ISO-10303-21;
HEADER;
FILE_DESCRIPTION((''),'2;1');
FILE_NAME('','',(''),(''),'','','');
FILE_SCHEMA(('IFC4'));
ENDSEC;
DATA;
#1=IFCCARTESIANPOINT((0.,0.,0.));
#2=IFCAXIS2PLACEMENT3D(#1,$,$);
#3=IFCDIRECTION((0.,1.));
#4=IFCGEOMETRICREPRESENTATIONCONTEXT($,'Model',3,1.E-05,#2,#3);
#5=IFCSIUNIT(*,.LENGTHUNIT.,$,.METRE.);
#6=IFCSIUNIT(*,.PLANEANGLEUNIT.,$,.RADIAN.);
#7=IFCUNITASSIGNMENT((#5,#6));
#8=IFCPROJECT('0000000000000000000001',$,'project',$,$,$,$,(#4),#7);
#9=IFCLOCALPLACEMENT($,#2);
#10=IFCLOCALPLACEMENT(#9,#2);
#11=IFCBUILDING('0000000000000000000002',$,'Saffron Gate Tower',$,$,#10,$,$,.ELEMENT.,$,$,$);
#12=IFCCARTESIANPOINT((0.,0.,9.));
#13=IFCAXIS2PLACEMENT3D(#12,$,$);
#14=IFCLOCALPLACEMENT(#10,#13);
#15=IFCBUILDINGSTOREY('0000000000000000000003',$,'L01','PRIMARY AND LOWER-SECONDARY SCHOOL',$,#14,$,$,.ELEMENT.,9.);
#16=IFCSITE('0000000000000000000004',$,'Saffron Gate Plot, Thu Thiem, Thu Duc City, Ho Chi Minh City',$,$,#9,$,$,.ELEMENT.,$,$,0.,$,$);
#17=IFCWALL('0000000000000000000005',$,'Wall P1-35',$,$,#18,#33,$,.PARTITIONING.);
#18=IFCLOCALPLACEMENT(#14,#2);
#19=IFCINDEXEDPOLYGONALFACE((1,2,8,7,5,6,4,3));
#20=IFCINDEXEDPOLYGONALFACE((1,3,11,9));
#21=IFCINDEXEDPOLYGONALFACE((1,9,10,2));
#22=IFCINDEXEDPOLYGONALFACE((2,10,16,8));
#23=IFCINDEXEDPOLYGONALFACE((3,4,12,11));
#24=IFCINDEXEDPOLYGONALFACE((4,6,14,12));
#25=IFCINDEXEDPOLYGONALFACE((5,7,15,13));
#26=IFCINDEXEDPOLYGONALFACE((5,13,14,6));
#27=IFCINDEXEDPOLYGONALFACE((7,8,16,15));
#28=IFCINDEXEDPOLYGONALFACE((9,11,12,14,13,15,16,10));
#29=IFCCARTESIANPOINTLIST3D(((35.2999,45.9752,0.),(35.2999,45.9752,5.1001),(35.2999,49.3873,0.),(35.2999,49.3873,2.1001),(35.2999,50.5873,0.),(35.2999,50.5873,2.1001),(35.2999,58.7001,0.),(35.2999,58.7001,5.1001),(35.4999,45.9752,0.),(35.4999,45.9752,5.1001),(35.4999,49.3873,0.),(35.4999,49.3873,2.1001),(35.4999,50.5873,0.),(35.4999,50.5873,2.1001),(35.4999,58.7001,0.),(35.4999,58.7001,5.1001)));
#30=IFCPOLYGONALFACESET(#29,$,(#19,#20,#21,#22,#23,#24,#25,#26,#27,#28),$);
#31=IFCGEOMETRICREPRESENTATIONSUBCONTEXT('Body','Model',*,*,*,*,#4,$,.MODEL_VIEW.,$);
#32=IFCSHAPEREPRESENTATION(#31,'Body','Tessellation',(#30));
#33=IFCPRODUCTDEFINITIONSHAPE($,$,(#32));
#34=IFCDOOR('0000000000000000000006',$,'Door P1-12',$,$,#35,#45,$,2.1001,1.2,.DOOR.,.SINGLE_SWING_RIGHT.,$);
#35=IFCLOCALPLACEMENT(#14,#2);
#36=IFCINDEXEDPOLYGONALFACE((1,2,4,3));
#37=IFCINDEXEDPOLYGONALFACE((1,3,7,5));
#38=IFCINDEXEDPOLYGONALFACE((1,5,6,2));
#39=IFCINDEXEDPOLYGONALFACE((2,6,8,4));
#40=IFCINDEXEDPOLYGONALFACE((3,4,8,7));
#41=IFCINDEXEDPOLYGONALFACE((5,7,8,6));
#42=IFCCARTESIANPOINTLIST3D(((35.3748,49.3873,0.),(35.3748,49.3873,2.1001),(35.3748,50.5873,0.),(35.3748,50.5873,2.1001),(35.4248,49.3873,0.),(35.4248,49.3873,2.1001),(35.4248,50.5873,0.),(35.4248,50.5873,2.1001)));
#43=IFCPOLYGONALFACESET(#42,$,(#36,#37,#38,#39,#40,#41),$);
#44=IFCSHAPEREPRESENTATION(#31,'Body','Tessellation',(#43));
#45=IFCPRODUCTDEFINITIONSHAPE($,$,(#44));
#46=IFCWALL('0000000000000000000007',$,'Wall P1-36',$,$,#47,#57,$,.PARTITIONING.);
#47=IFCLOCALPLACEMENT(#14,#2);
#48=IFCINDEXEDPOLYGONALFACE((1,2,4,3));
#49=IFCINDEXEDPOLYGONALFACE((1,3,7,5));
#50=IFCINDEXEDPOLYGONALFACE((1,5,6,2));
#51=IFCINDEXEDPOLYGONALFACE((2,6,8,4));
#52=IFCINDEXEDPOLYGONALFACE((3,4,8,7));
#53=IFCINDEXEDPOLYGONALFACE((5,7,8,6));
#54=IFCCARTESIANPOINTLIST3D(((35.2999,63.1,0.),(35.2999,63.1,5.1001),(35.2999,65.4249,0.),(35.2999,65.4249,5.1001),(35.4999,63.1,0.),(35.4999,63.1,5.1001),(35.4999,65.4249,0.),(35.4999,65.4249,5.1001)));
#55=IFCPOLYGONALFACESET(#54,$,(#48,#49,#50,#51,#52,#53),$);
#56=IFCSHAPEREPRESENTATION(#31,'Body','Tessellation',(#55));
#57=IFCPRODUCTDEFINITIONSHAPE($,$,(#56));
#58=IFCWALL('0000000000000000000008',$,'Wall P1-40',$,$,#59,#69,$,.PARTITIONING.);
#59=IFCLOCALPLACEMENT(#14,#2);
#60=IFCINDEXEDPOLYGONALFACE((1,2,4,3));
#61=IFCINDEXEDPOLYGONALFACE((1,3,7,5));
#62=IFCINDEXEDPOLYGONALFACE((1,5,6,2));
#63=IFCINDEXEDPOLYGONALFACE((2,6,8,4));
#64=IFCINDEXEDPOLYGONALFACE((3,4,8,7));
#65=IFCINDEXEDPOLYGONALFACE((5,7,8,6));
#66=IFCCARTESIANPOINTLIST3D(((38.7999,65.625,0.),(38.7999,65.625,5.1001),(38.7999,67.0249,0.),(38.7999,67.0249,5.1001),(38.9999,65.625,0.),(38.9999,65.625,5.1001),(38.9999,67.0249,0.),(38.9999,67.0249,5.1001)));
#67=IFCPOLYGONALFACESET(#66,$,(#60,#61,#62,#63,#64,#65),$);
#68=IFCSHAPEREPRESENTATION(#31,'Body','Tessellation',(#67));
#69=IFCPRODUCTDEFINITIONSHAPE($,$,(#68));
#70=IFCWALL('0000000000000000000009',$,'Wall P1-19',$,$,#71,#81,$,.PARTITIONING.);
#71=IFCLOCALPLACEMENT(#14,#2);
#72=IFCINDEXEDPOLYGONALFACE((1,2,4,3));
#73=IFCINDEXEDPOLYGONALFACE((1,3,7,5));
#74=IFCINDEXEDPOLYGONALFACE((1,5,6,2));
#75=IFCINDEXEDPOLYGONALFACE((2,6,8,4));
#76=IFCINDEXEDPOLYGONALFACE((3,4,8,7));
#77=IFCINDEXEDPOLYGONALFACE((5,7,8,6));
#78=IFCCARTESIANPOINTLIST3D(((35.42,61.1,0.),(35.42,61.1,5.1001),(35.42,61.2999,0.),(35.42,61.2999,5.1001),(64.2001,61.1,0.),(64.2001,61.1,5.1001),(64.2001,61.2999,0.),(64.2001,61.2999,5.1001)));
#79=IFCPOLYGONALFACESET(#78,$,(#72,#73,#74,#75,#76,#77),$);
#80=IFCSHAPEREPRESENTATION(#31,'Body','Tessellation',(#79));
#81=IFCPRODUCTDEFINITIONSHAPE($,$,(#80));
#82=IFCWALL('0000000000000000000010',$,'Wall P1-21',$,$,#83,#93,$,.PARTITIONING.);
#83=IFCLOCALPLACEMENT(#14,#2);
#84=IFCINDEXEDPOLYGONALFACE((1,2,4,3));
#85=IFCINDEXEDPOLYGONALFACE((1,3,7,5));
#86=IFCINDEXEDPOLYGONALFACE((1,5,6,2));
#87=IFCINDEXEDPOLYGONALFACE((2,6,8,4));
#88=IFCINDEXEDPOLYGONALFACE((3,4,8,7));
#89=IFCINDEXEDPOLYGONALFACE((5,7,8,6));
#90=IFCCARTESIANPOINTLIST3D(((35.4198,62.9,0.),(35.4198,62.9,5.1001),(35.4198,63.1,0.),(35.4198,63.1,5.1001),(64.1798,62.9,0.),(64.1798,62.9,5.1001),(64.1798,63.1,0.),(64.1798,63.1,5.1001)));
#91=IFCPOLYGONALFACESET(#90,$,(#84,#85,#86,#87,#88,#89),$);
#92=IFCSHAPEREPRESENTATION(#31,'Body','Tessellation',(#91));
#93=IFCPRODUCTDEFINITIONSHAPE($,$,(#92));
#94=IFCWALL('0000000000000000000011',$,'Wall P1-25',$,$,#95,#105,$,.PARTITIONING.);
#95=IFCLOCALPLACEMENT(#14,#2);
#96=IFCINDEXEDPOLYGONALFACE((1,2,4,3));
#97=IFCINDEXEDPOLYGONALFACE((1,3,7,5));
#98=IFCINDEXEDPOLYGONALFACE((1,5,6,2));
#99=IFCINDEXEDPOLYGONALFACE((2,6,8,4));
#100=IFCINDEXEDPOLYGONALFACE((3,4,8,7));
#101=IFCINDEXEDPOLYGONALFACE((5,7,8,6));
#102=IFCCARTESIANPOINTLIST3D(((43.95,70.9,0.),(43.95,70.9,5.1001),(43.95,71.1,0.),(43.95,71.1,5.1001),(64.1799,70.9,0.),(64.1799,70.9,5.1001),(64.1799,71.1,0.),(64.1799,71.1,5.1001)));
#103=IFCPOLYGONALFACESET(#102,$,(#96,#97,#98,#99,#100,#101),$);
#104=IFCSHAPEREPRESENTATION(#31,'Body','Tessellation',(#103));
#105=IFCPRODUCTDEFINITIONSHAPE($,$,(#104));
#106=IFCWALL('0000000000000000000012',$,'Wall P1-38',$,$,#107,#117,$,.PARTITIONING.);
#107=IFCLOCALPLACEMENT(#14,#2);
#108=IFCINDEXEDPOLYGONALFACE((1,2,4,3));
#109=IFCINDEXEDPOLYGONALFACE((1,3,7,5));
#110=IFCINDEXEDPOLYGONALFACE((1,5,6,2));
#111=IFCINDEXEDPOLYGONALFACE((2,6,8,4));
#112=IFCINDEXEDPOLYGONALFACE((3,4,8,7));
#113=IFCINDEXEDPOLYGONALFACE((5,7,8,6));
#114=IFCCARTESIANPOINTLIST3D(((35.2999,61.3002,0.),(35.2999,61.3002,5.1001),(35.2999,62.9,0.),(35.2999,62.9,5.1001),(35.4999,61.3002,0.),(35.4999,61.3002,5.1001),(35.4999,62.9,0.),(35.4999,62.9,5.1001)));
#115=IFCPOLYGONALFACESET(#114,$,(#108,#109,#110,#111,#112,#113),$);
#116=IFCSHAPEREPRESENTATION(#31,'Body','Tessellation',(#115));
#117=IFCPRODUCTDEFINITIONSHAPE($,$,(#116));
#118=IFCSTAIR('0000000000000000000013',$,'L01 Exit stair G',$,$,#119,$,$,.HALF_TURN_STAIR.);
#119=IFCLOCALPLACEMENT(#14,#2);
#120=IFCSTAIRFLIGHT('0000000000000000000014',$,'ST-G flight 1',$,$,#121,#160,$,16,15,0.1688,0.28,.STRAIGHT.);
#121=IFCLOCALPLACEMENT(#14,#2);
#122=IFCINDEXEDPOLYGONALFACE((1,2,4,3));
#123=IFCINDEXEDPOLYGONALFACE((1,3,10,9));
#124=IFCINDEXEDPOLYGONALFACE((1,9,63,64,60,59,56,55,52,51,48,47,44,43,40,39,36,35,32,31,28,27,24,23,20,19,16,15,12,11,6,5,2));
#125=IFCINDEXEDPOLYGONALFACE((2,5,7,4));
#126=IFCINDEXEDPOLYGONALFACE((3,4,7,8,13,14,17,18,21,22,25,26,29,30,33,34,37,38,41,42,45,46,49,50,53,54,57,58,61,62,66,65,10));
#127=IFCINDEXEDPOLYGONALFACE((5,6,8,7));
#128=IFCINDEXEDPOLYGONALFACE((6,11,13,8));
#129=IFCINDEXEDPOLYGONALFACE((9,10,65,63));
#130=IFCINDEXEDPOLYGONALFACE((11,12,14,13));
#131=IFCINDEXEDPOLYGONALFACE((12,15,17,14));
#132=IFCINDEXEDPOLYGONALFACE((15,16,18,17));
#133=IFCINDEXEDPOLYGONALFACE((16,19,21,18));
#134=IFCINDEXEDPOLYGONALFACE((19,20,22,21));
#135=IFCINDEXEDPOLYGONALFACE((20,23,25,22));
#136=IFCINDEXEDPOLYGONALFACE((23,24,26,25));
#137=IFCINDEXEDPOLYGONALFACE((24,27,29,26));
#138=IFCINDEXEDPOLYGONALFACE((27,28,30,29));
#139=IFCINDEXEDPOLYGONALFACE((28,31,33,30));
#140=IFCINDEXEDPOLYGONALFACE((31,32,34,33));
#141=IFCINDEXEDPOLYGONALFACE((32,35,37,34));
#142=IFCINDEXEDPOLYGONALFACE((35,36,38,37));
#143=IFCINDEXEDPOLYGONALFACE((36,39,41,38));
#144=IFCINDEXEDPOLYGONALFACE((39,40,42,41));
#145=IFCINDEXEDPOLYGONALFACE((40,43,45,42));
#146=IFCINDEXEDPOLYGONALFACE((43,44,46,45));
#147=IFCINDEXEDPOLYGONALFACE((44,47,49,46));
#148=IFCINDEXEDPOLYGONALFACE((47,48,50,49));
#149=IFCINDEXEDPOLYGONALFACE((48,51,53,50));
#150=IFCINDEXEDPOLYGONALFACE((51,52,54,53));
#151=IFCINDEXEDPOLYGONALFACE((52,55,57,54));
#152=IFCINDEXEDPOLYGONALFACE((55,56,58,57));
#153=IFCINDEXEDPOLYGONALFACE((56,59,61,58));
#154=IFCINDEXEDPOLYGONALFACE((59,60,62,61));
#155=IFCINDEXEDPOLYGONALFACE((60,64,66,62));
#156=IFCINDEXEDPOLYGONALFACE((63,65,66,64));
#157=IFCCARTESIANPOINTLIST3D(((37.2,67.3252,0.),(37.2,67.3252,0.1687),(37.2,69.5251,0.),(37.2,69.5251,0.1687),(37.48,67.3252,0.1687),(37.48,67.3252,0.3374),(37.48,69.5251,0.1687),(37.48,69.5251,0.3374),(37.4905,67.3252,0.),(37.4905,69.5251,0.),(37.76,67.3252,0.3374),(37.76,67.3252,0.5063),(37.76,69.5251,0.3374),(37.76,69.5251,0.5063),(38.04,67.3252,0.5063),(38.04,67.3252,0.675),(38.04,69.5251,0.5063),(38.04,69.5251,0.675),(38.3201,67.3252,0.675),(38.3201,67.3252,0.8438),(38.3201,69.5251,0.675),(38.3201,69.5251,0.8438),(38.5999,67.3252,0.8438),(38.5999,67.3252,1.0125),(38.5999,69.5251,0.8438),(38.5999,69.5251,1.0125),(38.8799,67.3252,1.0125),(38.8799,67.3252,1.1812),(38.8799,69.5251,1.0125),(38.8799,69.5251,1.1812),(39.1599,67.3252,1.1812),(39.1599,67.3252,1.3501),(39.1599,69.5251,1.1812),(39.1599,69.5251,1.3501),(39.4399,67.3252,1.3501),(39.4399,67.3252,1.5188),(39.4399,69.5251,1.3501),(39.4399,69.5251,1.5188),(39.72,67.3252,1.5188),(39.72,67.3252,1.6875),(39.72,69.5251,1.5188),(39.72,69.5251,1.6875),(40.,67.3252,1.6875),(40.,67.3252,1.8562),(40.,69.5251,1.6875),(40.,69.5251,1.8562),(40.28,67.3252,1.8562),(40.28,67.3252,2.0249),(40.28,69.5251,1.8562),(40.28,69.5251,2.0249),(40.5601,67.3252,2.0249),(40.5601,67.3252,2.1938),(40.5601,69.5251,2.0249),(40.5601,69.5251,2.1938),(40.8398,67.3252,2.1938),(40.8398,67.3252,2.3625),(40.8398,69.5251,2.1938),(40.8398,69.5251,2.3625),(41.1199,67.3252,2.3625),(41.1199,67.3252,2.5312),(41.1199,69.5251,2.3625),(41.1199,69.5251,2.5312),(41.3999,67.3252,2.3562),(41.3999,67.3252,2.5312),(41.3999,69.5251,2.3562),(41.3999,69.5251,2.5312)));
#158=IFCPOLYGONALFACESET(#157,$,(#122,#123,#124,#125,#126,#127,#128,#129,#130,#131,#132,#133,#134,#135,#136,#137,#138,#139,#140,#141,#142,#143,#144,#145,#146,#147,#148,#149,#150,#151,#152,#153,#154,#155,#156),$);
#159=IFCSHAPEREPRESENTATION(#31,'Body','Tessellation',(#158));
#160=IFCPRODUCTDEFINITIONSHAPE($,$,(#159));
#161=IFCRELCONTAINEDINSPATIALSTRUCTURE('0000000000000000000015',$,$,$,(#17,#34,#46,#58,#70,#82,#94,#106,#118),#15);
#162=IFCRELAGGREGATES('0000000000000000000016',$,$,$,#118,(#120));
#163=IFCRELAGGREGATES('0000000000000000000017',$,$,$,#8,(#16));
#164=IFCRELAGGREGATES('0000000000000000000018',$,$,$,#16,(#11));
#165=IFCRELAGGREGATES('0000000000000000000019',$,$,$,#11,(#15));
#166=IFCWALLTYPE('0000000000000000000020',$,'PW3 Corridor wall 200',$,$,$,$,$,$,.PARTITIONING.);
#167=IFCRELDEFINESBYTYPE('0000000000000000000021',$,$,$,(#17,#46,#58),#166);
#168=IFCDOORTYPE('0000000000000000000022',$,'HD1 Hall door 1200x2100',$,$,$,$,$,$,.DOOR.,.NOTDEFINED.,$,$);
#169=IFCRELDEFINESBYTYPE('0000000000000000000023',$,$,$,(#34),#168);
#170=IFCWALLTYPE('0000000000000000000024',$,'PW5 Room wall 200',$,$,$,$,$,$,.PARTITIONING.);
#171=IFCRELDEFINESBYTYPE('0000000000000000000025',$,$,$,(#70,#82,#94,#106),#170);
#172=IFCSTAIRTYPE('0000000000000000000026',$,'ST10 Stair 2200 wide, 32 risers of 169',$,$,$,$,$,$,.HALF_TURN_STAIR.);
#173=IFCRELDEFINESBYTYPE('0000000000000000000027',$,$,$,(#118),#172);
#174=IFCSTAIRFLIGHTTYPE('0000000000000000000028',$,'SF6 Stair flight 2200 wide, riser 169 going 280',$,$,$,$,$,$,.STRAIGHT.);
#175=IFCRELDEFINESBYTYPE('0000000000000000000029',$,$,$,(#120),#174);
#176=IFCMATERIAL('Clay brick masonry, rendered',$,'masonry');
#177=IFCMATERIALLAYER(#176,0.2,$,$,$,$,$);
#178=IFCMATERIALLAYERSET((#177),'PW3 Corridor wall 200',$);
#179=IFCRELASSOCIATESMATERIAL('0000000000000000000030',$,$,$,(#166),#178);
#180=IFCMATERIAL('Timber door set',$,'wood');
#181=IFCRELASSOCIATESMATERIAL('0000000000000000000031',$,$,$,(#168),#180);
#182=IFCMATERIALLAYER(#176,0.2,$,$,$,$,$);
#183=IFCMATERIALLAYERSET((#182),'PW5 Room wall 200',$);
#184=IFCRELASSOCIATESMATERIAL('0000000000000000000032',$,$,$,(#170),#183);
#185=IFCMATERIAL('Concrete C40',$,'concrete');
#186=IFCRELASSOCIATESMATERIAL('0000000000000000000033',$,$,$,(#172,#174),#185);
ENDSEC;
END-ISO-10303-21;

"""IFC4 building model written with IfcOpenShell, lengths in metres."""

from ifc_helpers import new_model, si_unit, direction, frame, frame_2d, origin, place, context, subcontext, project, spatial, polyline, rectangle, outline, extrude, material, layer, layer_set, type_object, element, fill, aggregate, save


model = new_model("IFC4")

# Units and contexts
model_context = context("Model", 3, precision=1e-05, world=origin(), true_north=direction((0.0, 1.0)))
body_context = subcontext(model_context, "Body", "Model", "MODEL_VIEW")
ifc_project = project(units=[si_unit("LENGTHUNIT", "METRE"), si_unit("PLANEANGLEUNIT", "RADIAN")], contexts=[model_context])

# Site, building, storey
site_placement = place(None, origin())
site = spatial("IfcSite", under=ifc_project, at=site_placement, Name="Saffron Gate Plot, Thu Thiem, Thu Duc City, Ho Chi Minh City", CompositionType="ELEMENT", RefElevation=0.0)
building_placement = place(site_placement, origin())
building = spatial("IfcBuilding", under=site, at=building_placement, Name="Saffron Gate Tower", CompositionType="ELEMENT")
storey_placement = place(building_placement, frame((0.0, 0.0, 9.0)))
storey = spatial("IfcBuildingStorey", under=building, at=storey_placement, Name="L01", Description="PRIMARY AND LOWER-SECONDARY SCHOOL", CompositionType="ELEMENT", Elevation=9.0)

# Shared definitions
ifc_material_1 = material(Name="Clay brick masonry, rendered", Category="masonry")
ifc_layer_1 = layer(ifc_material_1, 0.2)
ifc_layer_set_1 = layer_set([ifc_layer_1], Name="PW3 Corridor wall 200")
wall_type_1 = type_object("IfcWallType", Name="PW3 Corridor wall 200", PredefinedType="PARTITIONING", material=ifc_layer_set_1)

# Wall, opening, door
wall_1_placement = place(storey_placement, frame((35.3999, 58.7, 0.0), z_axis=(0.0, 0.0, 1.0), x_axis=(0.0, -1.0, 0.0)))
wall_1 = element("IfcWall", 1, at=wall_1_placement, inside=storey, type_object=wall_type_1, Name="Wall P1-35", PredefinedType="PARTITIONING", context=body_context, shape_type="SweptSolid", body=[
    extrude(rectangle(XDim=12.7249, YDim=0.2, at=frame_2d((6.3623, 0.0))), origin(), (0.0, 0.0, 1.0), 5.1001),
])
opening_1_placement = place(wall_1_placement, frame((8.1125, 0.0, 0.0)))
opening_1 = element("IfcOpeningElement", 2, at=opening_1_placement, cuts=wall_1, PredefinedType="OPENING", context=body_context, shape_type="SweptSolid", body=[
    extrude(rectangle(XDim=1.2, YDim=2.1001, at=frame_2d((0.6001, 1.05))), frame((0.0, 0.1099, 0.0), z_axis=(0.0, -1.0, 0.0), x_axis=(1.0, 0.0, 0.0)), (0.0, 0.0, 1.0), 0.22),
])
ifc_material_2 = material(Name="Timber door set", Category="wood")
door_type_1 = type_object("IfcDoorType", Name="HD1 Hall door 1200x2100", OperationType="NOTDEFINED", PredefinedType="DOOR", material=ifc_material_2)
door_1_placement = place(opening_1_placement, origin())
door_1 = element("IfcDoor", 3, at=door_1_placement, inside=storey, type_object=door_type_1, Name="Door P1-12", OperationType="SINGLE_SWING_RIGHT", OverallHeight=2.1001, OverallWidth=1.2, PredefinedType="DOOR", context=body_context, shape_type="SweptSolid", body=[
    extrude(rectangle(XDim=1.2, YDim=2.1001, at=frame_2d((0.6001, 1.05))), frame((0.0, 0.0249, 0.0), z_axis=(0.0, -1.0, 0.0), x_axis=(1.0, 0.0, 0.0)), (0.0, 0.0, 1.0), 0.05),
])
fill(opening_1, door_1)

# Walls
wall_2_placement = place(storey_placement, frame((35.3999, 65.425, 0.0), z_axis=(0.0, 0.0, 1.0), x_axis=(0.0, -1.0, 0.0)))
element("IfcWall", 4, at=wall_2_placement, inside=storey, type_object=wall_type_1, Name="Wall P1-36", PredefinedType="PARTITIONING", context=body_context, shape_type="SweptSolid", body=[
    extrude(rectangle(XDim=2.325, YDim=0.2, at=frame_2d((1.1626, 0.0))), origin(), (0.0, 0.0, 1.0), 5.1001),
])
wall_3_placement = place(storey_placement, frame((38.8999, 67.0249, 0.0), z_axis=(0.0, 0.0, 1.0), x_axis=(0.0, -1.0, 0.0)))
element("IfcWall", 5, at=wall_3_placement, inside=storey, type_object=wall_type_1, Name="Wall P1-40", PredefinedType="PARTITIONING", context=body_context, shape_type="SweptSolid", body=[
    extrude(rectangle(XDim=1.3999, YDim=0.2, at=frame_2d((0.7, 0.0))), origin(), (0.0, 0.0, 1.0), 5.1001),
])
ifc_layer_2 = layer(ifc_material_1, 0.2)
ifc_layer_set_2 = layer_set([ifc_layer_2], Name="PW5 Room wall 200")
wall_type_2 = type_object("IfcWallType", Name="PW5 Room wall 200", PredefinedType="PARTITIONING", material=ifc_layer_set_2)
wall_4_placement = place(storey_placement, frame((35.4199, 61.2, 0.0), z_axis=(0.0, 0.0, 1.0), x_axis=(1.0, 0.0, 0.0)))
element("IfcWall", 6, at=wall_4_placement, inside=storey, type_object=wall_type_2, Name="Wall P1-19", PredefinedType="PARTITIONING", context=body_context, shape_type="SweptSolid", body=[
    extrude(rectangle(XDim=28.78, YDim=0.2, at=frame_2d((14.3901, 0.0))), origin(), (0.0, 0.0, 1.0), 5.1001),
])
wall_5_placement = place(storey_placement, frame((35.4199, 63.0, 0.0), z_axis=(0.0, 0.0, 1.0), x_axis=(1.0, 0.0, 0.0)))
element("IfcWall", 7, at=wall_5_placement, inside=storey, type_object=wall_type_2, Name="Wall P1-21", PredefinedType="PARTITIONING", context=body_context, shape_type="SweptSolid", body=[
    extrude(rectangle(XDim=28.76, YDim=0.2, at=frame_2d((14.3799, 0.0))), origin(), (0.0, 0.0, 1.0), 5.1001),
])
wall_6_placement = place(storey_placement, frame((43.95, 71.0, 0.0), z_axis=(0.0, 0.0, 1.0), x_axis=(1.0, 0.0, 0.0)))
element("IfcWall", 8, at=wall_6_placement, inside=storey, type_object=wall_type_2, Name="Wall P1-25", PredefinedType="PARTITIONING", context=body_context, shape_type="SweptSolid", body=[
    extrude(rectangle(XDim=20.23, YDim=0.2, at=frame_2d((10.115, 0.0))), origin(), (0.0, 0.0, 1.0), 5.1001),
])
wall_7_placement = place(storey_placement, frame((35.3999, 62.8999, 0.0), z_axis=(0.0, 0.0, 1.0), x_axis=(0.0, -1.0, 0.0)))
element("IfcWall", 9, at=wall_7_placement, inside=storey, type_object=wall_type_2, Name="Wall P1-38", PredefinedType="PARTITIONING", context=body_context, shape_type="SweptSolid", body=[
    extrude(rectangle(XDim=1.5999, YDim=0.2, at=frame_2d((0.7998, 0.0))), origin(), (0.0, 0.0, 1.0), 5.1001),
])

# Stair, stair flight
ifc_material_3 = material(Name="Concrete C40", Category="concrete")
stair_type = type_object("IfcStairType", Name="ST10 Stair 2200 wide, 32 risers of 169", PredefinedType="HALF_TURN_STAIR", material=ifc_material_3)
stair_placement = place(storey_placement, origin())
stair = element("IfcStair", 10, at=stair_placement, inside=storey, type_object=stair_type, Name="L01 Exit stair G", PredefinedType="HALF_TURN_STAIR")
stair_flight_type = type_object("IfcStairFlightType", Name="SF6 Stair flight 2200 wide, riser 169 going 280", PredefinedType="STRAIGHT", material=ifc_material_3)
stair_flight_1_placement = place(storey_placement, frame((37.2, 68.425, 0.0), z_axis=(0.0, 0.0, 1.0), x_axis=(1.0, 0.0, 0.0)))
stair_flight_1 = element("IfcStairFlight", 11, at=stair_flight_1_placement, type_object=stair_flight_type, Name="ST-G flight 1", NumberOfRisers=16, NumberOfTreads=15, PredefinedType="STRAIGHT", RiserHeight=0.1688, TreadLength=0.28, context=body_context, shape_type="SweptSolid", body=[
    extrude(outline(polyline([(0.0, 0.0), (0.0, 0.1687), (0.28, 0.1687), (0.28, 0.3374), (0.5601, 0.3374), (0.5601, 0.5063), (0.8401, 0.5063), (0.8401, 0.675), (1.1201, 0.675), (1.1201, 0.8438), (1.3999, 0.8438), (1.3999, 1.0125), (1.6799, 1.0125), (1.6799, 1.1812), (1.96, 1.1812), (1.96, 1.3501), (2.24, 1.3501), (2.24, 1.5188), (2.52, 1.5188), (2.52, 1.6875), (2.8, 1.6875), (2.8, 1.8562), (3.0801, 1.8562), (3.0801, 2.0249), (3.3601, 2.0249), (3.3601, 2.1938), (3.6399, 2.1938), (3.6399, 2.3625), (3.9199, 2.3625), (3.9199, 2.5312), (4.2, 2.5312), (4.2, 2.7), (4.2, 2.3562), (0.2905, 0.0), (0.0, 0.0)])), frame((0.0, 1.1001, 0.0), z_axis=(0.0, -1.0, 0.0), x_axis=(1.0, 0.0, 0.0)), (0.0, 0.0, 1.0), 2.2),
])
aggregate(stair, [stair_flight_1])

save(model, "model.ifc")
